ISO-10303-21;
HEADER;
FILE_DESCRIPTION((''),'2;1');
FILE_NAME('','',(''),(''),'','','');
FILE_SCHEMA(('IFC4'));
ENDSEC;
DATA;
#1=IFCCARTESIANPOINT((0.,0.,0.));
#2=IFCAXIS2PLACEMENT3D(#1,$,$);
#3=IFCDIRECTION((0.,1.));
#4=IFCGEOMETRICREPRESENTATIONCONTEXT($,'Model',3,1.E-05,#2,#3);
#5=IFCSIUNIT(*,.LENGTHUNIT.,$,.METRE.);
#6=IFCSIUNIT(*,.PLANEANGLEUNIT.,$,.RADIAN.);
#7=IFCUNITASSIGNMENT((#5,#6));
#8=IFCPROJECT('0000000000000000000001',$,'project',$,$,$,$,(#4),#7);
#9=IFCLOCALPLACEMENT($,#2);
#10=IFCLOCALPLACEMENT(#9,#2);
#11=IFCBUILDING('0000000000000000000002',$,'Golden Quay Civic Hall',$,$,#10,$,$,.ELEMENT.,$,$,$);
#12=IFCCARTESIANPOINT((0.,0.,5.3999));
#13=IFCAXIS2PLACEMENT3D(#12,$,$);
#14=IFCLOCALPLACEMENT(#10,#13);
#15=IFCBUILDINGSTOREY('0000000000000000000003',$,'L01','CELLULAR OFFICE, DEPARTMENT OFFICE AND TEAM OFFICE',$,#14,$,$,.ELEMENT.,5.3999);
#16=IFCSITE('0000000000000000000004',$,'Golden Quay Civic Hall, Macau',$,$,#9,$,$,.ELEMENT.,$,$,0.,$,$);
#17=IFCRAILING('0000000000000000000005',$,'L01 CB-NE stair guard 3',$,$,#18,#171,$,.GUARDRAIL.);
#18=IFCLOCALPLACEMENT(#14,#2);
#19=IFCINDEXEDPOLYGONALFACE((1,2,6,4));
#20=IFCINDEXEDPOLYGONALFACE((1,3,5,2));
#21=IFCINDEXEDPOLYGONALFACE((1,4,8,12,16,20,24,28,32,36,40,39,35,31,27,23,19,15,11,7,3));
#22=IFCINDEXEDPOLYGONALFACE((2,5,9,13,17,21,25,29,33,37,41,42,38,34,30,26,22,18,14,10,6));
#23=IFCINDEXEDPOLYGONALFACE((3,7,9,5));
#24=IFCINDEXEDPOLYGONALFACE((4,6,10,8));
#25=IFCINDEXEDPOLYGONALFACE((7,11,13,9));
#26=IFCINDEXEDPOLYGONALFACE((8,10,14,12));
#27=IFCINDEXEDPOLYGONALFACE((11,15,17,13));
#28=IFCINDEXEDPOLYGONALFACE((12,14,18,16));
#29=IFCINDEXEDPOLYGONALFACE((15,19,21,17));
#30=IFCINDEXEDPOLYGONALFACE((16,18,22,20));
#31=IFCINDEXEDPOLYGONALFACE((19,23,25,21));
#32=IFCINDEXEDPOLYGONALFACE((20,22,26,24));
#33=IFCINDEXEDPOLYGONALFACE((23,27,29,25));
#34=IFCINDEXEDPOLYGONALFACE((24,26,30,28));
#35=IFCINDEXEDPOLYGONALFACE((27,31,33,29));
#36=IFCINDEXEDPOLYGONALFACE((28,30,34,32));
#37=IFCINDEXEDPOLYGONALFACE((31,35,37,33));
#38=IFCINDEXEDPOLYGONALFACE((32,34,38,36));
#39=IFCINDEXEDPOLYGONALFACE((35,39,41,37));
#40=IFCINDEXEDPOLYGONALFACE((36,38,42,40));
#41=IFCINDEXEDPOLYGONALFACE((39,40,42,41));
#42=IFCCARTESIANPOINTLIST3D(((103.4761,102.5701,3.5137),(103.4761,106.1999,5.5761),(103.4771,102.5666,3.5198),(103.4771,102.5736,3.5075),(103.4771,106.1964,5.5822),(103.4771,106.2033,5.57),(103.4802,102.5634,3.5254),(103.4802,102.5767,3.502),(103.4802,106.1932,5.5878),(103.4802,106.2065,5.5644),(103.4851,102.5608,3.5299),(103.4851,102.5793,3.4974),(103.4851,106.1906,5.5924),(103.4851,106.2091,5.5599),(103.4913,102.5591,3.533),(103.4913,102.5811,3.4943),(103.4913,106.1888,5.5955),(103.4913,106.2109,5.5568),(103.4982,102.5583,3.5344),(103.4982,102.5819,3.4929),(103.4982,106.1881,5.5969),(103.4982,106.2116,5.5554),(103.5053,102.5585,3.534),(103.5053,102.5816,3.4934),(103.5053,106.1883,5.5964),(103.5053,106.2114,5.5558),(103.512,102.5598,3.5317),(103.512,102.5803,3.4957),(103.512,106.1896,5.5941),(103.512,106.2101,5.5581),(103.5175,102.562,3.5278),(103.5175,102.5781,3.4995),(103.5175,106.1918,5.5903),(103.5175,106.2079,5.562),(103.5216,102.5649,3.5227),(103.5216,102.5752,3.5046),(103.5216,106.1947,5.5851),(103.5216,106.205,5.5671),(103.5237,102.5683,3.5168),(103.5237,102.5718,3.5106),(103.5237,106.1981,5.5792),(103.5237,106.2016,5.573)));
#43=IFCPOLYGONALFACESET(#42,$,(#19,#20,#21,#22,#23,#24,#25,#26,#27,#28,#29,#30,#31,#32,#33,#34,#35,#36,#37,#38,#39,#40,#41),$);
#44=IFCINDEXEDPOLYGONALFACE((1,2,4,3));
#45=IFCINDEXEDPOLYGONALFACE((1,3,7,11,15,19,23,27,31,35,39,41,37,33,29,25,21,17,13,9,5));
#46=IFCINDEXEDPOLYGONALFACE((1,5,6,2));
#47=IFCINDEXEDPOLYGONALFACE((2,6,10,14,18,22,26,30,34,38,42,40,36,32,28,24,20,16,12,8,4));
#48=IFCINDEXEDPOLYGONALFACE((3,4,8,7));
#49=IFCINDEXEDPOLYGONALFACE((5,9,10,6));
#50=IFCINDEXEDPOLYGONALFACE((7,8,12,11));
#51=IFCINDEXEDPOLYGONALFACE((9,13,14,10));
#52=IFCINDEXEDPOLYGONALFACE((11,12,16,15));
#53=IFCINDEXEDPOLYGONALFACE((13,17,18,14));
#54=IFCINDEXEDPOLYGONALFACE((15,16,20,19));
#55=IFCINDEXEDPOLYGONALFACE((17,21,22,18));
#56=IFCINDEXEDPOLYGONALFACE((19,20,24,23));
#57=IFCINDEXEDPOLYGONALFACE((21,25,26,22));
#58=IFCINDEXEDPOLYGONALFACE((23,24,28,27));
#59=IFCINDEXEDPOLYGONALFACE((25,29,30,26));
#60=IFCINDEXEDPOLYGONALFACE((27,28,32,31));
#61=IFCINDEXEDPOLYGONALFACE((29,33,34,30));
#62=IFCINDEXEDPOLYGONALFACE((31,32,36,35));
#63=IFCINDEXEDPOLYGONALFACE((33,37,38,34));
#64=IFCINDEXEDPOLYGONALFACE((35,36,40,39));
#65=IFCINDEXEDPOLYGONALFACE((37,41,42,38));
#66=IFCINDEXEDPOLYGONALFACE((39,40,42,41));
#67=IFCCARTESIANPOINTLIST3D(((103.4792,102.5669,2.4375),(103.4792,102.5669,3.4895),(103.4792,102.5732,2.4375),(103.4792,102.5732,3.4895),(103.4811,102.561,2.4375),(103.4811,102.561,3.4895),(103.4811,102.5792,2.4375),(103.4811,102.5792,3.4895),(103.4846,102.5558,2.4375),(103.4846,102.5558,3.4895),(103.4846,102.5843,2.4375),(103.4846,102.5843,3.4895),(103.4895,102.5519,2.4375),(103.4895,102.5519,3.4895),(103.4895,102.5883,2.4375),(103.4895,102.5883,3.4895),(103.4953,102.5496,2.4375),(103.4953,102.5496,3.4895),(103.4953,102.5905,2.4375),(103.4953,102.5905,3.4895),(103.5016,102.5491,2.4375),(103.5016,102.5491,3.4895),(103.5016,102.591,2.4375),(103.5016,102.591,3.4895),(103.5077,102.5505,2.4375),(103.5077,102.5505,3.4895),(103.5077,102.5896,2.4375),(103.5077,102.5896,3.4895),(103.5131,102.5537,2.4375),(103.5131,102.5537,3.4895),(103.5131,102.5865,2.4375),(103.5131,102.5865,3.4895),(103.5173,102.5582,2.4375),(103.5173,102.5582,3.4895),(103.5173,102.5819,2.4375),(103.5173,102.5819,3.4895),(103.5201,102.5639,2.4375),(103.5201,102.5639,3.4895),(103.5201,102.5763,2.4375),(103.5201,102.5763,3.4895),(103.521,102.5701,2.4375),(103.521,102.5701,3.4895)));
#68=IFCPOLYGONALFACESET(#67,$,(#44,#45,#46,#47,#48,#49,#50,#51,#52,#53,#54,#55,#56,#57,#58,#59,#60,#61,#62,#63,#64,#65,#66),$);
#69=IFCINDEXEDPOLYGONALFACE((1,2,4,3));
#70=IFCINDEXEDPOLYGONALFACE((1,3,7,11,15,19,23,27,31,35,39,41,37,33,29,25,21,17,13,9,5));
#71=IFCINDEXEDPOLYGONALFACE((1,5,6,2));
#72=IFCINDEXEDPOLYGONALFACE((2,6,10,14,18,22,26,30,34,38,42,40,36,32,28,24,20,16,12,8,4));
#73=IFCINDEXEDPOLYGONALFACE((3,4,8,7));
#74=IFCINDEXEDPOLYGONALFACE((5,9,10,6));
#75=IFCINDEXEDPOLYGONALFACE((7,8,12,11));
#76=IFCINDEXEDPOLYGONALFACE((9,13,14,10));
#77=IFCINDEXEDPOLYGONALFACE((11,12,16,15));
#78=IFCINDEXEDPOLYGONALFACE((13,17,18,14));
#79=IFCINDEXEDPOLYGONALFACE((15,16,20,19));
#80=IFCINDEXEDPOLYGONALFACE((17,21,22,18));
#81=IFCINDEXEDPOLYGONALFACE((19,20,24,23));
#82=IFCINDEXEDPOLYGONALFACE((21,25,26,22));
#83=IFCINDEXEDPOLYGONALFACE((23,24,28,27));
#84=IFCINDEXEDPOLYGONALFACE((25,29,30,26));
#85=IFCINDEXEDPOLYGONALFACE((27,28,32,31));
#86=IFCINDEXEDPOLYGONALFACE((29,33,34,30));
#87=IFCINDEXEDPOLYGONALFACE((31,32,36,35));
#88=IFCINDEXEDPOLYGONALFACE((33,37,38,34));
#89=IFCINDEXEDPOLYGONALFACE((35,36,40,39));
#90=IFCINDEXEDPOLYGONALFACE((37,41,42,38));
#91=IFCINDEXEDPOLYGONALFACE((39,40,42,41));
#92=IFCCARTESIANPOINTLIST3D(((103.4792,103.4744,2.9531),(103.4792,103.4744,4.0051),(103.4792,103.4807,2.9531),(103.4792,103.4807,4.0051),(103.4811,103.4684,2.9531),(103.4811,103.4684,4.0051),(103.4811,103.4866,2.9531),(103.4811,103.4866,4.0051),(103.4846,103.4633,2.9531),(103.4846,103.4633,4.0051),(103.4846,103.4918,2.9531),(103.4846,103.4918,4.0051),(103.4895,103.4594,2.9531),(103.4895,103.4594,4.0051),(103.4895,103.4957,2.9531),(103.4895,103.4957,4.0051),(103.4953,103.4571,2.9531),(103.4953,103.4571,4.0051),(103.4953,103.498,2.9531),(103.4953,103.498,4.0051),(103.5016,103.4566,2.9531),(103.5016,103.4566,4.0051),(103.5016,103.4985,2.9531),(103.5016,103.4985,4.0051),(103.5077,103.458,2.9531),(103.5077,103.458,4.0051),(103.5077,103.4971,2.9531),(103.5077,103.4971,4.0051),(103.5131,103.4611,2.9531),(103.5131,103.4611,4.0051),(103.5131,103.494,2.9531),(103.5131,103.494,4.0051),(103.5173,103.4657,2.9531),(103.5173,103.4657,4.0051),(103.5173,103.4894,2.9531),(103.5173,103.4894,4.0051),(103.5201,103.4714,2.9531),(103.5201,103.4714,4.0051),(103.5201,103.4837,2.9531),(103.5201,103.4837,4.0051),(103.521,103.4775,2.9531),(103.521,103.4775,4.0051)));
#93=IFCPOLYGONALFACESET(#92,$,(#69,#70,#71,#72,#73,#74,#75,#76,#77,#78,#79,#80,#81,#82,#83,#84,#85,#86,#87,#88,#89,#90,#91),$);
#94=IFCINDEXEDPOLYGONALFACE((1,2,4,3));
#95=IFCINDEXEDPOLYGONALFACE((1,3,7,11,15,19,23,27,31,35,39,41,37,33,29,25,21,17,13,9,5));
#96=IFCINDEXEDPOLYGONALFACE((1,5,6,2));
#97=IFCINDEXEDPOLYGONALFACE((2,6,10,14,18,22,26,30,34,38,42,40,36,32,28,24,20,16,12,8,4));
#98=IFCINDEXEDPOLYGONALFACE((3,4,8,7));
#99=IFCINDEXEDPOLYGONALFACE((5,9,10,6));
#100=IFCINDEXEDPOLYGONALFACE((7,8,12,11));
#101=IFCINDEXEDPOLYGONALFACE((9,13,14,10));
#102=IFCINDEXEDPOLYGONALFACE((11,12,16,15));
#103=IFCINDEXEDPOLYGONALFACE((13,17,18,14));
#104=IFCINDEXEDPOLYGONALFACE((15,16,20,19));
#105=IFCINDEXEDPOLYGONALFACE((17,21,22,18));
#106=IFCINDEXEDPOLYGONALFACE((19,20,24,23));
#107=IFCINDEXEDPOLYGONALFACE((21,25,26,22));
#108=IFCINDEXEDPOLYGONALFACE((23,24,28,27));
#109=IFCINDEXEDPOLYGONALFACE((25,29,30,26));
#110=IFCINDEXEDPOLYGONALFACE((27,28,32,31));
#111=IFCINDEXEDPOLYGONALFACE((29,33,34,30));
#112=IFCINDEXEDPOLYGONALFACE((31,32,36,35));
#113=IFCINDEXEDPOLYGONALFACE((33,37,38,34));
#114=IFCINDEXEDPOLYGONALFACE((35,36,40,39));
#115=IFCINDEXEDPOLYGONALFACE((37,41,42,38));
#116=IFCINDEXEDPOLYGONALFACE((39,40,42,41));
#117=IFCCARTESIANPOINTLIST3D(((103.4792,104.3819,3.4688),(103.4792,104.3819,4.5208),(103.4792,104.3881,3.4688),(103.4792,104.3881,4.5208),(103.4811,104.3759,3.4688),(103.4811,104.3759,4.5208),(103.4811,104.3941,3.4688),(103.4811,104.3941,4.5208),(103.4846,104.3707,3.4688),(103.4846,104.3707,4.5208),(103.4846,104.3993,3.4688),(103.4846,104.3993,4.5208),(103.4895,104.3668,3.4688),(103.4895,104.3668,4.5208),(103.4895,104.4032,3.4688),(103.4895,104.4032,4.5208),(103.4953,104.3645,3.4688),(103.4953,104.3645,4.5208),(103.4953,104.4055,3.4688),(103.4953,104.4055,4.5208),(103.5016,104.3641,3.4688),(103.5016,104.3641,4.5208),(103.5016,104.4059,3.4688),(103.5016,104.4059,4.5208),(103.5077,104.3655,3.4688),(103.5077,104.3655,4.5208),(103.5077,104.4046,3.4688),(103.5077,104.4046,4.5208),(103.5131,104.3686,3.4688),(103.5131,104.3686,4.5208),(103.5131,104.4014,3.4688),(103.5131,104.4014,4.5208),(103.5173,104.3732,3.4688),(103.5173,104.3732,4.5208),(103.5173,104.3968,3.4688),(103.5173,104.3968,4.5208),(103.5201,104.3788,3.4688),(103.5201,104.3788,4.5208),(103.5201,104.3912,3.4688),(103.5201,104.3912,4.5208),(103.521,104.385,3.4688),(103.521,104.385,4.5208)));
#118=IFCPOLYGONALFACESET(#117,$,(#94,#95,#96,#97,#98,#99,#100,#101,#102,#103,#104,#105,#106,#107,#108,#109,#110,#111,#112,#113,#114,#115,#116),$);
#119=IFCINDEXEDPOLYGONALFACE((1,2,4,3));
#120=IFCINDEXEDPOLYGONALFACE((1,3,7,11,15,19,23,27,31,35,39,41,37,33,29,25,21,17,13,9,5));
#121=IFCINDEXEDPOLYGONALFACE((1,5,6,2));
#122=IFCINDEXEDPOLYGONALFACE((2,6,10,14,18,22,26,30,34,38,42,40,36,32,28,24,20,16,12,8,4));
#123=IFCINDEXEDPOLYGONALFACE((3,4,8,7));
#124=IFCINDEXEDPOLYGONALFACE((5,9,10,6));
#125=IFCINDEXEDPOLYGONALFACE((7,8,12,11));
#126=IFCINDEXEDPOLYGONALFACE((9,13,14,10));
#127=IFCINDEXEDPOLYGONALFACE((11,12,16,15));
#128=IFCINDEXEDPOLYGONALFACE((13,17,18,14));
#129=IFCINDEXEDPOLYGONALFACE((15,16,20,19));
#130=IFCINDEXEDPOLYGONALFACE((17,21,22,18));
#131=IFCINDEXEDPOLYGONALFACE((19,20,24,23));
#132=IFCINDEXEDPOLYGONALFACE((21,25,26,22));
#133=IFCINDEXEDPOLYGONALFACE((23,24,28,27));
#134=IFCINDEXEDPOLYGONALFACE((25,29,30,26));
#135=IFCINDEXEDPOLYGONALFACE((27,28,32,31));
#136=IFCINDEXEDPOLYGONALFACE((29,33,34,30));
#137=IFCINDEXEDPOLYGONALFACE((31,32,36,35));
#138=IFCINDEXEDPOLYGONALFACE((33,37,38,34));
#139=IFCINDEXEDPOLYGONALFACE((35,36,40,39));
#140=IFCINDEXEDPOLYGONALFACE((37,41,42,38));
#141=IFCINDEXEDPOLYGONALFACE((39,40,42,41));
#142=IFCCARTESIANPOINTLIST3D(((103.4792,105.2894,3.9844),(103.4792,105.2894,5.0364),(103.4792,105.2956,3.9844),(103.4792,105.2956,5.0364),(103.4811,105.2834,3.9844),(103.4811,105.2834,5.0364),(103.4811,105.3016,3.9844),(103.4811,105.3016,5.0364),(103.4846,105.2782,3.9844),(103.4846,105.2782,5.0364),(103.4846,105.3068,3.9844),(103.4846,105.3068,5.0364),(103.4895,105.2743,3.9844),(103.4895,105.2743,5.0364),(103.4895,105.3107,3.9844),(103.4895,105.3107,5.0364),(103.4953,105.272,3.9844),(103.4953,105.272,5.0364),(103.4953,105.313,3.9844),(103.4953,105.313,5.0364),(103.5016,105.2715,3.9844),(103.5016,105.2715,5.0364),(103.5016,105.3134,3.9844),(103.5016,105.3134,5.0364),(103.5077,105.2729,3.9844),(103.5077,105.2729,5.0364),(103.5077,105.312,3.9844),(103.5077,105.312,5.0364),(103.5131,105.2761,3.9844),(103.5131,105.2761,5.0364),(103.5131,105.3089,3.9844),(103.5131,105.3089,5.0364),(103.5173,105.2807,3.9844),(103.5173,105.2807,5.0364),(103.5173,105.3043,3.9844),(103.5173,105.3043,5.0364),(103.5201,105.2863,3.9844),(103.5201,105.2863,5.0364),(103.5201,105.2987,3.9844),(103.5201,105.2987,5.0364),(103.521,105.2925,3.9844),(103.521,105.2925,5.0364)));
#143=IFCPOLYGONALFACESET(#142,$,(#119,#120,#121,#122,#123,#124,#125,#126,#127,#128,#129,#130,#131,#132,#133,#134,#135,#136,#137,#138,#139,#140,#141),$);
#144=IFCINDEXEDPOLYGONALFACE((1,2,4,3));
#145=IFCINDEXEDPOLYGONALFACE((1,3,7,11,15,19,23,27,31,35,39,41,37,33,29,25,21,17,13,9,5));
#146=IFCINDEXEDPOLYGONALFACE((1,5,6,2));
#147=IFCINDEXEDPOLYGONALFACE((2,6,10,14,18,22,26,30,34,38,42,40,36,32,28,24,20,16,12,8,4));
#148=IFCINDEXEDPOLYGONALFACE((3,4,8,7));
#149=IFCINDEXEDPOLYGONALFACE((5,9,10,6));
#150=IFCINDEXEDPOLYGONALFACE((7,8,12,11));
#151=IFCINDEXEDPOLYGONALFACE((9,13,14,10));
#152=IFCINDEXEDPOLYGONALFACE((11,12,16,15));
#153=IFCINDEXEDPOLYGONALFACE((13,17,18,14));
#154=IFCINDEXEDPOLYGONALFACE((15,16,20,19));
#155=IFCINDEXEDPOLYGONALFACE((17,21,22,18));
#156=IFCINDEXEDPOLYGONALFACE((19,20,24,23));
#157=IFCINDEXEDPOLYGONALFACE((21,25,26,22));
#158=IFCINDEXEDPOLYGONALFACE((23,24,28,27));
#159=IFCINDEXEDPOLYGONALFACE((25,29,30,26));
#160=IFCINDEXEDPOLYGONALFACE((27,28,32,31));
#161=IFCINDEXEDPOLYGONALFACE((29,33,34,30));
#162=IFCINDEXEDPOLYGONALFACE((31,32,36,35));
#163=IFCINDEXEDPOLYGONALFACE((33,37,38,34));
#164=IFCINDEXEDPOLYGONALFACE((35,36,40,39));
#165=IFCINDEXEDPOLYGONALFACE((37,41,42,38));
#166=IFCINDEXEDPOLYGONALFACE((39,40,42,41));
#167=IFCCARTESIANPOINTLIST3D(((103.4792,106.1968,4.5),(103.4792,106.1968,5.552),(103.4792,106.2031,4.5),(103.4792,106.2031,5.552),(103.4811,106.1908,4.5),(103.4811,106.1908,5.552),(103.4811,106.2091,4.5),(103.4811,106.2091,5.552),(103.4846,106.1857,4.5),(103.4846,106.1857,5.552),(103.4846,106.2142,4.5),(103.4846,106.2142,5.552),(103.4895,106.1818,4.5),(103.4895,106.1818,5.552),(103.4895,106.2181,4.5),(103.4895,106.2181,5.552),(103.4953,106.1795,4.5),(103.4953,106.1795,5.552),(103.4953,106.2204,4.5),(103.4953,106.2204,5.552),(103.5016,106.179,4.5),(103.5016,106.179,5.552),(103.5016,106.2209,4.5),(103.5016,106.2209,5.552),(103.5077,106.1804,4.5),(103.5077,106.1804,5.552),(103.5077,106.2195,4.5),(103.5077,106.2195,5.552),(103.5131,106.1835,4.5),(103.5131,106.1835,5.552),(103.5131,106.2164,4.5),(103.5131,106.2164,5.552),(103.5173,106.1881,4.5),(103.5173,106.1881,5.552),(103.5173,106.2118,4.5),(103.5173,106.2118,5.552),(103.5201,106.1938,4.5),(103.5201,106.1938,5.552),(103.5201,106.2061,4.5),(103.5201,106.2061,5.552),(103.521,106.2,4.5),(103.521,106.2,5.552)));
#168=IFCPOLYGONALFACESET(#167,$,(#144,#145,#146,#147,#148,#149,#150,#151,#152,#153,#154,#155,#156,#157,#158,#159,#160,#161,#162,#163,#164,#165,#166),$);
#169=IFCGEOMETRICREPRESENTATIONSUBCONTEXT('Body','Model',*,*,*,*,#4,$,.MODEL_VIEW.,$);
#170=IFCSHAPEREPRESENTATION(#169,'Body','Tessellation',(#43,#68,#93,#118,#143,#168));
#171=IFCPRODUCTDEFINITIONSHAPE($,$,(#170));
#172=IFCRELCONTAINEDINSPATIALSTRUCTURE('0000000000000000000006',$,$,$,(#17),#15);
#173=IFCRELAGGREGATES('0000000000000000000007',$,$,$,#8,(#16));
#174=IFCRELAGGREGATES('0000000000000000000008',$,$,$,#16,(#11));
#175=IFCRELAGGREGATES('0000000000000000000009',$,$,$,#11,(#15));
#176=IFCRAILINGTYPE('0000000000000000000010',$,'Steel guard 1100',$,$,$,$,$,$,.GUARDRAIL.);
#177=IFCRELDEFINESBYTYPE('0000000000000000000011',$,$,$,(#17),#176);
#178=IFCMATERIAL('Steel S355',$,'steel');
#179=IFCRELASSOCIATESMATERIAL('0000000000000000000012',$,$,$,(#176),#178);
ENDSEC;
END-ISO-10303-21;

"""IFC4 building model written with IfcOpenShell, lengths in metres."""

from ifc_helpers import new_model, si_unit, direction, frame, origin, origin_2d, place, context, subcontext, project, spatial, circle, extrude, material, type_object, element, save


model = new_model("IFC4")

# Units and contexts
model_context = context("Model", 3, precision=1e-05, world=origin(), true_north=direction((0.0, 1.0)))
body_context = subcontext(model_context, "Body", "Model", "MODEL_VIEW")
ifc_project = project(units=[si_unit("LENGTHUNIT", "METRE"), si_unit("PLANEANGLEUNIT", "RADIAN")], contexts=[model_context])

# Site, building, storey
site_placement = place(None, origin())
site = spatial("IfcSite", under=ifc_project, at=site_placement, Name="Golden Quay Civic Hall, Macau", CompositionType="ELEMENT", RefElevation=0.0)
building_placement = place(site_placement, origin())
building = spatial("IfcBuilding", under=site, at=building_placement, Name="Golden Quay Civic Hall", CompositionType="ELEMENT")
storey_placement = place(building_placement, frame((0.0, 0.0, 5.3999)))
storey = spatial("IfcBuildingStorey", under=building, at=storey_placement, Name="L01", Description="CELLULAR OFFICE, DEPARTMENT OFFICE AND TEAM OFFICE", CompositionType="ELEMENT", Elevation=5.3999)

# Railing
ifc_material_1 = material(Name="Steel S355", Category="steel")
railing_type_1 = type_object("IfcRailingType", Name="Steel guard 1100", PredefinedType="GUARDRAIL", material=ifc_material_1)
railing_1_placement = place(storey_placement, frame((103.5, 102.5701, 2.4375)))
element("IfcRailing", 1, at=railing_1_placement, inside=storey, type_object=railing_type_1, Name="L01 CB-NE stair guard 3", PredefinedType="GUARDRAIL", context=body_context, shape_type="SweptSolid", body=[
    extrude(circle(Radius=0.0239, at=origin_2d()), frame((0.0, 0.0, 1.0762), z_axis=(0.0, 0.86945, 0.494021), x_axis=(-1.0, 0.0, 0.0)), (0.0, 0.0, 1.0), 4.1748),
    extrude(circle(Radius=0.021, at=origin_2d()), origin(), (0.0, 0.0, 1.0), 1.052),
    extrude(circle(Radius=0.021, at=origin_2d()), frame((0.0, 0.9075, 0.5156)), (0.0, 0.0, 1.0), 1.052),
    extrude(circle(Radius=0.021, at=origin_2d()), frame((0.0, 1.8149, 1.0312)), (0.0, 0.0, 1.0), 1.052),
    extrude(circle(Radius=0.021, at=origin_2d()), frame((0.0, 2.7224, 1.5469)), (0.0, 0.0, 1.0), 1.052),
    extrude(circle(Radius=0.021, at=origin_2d()), frame((0.0, 3.6299, 2.0625)), (0.0, 0.0, 1.0), 1.052),
])

save(model, "model.ifc")
